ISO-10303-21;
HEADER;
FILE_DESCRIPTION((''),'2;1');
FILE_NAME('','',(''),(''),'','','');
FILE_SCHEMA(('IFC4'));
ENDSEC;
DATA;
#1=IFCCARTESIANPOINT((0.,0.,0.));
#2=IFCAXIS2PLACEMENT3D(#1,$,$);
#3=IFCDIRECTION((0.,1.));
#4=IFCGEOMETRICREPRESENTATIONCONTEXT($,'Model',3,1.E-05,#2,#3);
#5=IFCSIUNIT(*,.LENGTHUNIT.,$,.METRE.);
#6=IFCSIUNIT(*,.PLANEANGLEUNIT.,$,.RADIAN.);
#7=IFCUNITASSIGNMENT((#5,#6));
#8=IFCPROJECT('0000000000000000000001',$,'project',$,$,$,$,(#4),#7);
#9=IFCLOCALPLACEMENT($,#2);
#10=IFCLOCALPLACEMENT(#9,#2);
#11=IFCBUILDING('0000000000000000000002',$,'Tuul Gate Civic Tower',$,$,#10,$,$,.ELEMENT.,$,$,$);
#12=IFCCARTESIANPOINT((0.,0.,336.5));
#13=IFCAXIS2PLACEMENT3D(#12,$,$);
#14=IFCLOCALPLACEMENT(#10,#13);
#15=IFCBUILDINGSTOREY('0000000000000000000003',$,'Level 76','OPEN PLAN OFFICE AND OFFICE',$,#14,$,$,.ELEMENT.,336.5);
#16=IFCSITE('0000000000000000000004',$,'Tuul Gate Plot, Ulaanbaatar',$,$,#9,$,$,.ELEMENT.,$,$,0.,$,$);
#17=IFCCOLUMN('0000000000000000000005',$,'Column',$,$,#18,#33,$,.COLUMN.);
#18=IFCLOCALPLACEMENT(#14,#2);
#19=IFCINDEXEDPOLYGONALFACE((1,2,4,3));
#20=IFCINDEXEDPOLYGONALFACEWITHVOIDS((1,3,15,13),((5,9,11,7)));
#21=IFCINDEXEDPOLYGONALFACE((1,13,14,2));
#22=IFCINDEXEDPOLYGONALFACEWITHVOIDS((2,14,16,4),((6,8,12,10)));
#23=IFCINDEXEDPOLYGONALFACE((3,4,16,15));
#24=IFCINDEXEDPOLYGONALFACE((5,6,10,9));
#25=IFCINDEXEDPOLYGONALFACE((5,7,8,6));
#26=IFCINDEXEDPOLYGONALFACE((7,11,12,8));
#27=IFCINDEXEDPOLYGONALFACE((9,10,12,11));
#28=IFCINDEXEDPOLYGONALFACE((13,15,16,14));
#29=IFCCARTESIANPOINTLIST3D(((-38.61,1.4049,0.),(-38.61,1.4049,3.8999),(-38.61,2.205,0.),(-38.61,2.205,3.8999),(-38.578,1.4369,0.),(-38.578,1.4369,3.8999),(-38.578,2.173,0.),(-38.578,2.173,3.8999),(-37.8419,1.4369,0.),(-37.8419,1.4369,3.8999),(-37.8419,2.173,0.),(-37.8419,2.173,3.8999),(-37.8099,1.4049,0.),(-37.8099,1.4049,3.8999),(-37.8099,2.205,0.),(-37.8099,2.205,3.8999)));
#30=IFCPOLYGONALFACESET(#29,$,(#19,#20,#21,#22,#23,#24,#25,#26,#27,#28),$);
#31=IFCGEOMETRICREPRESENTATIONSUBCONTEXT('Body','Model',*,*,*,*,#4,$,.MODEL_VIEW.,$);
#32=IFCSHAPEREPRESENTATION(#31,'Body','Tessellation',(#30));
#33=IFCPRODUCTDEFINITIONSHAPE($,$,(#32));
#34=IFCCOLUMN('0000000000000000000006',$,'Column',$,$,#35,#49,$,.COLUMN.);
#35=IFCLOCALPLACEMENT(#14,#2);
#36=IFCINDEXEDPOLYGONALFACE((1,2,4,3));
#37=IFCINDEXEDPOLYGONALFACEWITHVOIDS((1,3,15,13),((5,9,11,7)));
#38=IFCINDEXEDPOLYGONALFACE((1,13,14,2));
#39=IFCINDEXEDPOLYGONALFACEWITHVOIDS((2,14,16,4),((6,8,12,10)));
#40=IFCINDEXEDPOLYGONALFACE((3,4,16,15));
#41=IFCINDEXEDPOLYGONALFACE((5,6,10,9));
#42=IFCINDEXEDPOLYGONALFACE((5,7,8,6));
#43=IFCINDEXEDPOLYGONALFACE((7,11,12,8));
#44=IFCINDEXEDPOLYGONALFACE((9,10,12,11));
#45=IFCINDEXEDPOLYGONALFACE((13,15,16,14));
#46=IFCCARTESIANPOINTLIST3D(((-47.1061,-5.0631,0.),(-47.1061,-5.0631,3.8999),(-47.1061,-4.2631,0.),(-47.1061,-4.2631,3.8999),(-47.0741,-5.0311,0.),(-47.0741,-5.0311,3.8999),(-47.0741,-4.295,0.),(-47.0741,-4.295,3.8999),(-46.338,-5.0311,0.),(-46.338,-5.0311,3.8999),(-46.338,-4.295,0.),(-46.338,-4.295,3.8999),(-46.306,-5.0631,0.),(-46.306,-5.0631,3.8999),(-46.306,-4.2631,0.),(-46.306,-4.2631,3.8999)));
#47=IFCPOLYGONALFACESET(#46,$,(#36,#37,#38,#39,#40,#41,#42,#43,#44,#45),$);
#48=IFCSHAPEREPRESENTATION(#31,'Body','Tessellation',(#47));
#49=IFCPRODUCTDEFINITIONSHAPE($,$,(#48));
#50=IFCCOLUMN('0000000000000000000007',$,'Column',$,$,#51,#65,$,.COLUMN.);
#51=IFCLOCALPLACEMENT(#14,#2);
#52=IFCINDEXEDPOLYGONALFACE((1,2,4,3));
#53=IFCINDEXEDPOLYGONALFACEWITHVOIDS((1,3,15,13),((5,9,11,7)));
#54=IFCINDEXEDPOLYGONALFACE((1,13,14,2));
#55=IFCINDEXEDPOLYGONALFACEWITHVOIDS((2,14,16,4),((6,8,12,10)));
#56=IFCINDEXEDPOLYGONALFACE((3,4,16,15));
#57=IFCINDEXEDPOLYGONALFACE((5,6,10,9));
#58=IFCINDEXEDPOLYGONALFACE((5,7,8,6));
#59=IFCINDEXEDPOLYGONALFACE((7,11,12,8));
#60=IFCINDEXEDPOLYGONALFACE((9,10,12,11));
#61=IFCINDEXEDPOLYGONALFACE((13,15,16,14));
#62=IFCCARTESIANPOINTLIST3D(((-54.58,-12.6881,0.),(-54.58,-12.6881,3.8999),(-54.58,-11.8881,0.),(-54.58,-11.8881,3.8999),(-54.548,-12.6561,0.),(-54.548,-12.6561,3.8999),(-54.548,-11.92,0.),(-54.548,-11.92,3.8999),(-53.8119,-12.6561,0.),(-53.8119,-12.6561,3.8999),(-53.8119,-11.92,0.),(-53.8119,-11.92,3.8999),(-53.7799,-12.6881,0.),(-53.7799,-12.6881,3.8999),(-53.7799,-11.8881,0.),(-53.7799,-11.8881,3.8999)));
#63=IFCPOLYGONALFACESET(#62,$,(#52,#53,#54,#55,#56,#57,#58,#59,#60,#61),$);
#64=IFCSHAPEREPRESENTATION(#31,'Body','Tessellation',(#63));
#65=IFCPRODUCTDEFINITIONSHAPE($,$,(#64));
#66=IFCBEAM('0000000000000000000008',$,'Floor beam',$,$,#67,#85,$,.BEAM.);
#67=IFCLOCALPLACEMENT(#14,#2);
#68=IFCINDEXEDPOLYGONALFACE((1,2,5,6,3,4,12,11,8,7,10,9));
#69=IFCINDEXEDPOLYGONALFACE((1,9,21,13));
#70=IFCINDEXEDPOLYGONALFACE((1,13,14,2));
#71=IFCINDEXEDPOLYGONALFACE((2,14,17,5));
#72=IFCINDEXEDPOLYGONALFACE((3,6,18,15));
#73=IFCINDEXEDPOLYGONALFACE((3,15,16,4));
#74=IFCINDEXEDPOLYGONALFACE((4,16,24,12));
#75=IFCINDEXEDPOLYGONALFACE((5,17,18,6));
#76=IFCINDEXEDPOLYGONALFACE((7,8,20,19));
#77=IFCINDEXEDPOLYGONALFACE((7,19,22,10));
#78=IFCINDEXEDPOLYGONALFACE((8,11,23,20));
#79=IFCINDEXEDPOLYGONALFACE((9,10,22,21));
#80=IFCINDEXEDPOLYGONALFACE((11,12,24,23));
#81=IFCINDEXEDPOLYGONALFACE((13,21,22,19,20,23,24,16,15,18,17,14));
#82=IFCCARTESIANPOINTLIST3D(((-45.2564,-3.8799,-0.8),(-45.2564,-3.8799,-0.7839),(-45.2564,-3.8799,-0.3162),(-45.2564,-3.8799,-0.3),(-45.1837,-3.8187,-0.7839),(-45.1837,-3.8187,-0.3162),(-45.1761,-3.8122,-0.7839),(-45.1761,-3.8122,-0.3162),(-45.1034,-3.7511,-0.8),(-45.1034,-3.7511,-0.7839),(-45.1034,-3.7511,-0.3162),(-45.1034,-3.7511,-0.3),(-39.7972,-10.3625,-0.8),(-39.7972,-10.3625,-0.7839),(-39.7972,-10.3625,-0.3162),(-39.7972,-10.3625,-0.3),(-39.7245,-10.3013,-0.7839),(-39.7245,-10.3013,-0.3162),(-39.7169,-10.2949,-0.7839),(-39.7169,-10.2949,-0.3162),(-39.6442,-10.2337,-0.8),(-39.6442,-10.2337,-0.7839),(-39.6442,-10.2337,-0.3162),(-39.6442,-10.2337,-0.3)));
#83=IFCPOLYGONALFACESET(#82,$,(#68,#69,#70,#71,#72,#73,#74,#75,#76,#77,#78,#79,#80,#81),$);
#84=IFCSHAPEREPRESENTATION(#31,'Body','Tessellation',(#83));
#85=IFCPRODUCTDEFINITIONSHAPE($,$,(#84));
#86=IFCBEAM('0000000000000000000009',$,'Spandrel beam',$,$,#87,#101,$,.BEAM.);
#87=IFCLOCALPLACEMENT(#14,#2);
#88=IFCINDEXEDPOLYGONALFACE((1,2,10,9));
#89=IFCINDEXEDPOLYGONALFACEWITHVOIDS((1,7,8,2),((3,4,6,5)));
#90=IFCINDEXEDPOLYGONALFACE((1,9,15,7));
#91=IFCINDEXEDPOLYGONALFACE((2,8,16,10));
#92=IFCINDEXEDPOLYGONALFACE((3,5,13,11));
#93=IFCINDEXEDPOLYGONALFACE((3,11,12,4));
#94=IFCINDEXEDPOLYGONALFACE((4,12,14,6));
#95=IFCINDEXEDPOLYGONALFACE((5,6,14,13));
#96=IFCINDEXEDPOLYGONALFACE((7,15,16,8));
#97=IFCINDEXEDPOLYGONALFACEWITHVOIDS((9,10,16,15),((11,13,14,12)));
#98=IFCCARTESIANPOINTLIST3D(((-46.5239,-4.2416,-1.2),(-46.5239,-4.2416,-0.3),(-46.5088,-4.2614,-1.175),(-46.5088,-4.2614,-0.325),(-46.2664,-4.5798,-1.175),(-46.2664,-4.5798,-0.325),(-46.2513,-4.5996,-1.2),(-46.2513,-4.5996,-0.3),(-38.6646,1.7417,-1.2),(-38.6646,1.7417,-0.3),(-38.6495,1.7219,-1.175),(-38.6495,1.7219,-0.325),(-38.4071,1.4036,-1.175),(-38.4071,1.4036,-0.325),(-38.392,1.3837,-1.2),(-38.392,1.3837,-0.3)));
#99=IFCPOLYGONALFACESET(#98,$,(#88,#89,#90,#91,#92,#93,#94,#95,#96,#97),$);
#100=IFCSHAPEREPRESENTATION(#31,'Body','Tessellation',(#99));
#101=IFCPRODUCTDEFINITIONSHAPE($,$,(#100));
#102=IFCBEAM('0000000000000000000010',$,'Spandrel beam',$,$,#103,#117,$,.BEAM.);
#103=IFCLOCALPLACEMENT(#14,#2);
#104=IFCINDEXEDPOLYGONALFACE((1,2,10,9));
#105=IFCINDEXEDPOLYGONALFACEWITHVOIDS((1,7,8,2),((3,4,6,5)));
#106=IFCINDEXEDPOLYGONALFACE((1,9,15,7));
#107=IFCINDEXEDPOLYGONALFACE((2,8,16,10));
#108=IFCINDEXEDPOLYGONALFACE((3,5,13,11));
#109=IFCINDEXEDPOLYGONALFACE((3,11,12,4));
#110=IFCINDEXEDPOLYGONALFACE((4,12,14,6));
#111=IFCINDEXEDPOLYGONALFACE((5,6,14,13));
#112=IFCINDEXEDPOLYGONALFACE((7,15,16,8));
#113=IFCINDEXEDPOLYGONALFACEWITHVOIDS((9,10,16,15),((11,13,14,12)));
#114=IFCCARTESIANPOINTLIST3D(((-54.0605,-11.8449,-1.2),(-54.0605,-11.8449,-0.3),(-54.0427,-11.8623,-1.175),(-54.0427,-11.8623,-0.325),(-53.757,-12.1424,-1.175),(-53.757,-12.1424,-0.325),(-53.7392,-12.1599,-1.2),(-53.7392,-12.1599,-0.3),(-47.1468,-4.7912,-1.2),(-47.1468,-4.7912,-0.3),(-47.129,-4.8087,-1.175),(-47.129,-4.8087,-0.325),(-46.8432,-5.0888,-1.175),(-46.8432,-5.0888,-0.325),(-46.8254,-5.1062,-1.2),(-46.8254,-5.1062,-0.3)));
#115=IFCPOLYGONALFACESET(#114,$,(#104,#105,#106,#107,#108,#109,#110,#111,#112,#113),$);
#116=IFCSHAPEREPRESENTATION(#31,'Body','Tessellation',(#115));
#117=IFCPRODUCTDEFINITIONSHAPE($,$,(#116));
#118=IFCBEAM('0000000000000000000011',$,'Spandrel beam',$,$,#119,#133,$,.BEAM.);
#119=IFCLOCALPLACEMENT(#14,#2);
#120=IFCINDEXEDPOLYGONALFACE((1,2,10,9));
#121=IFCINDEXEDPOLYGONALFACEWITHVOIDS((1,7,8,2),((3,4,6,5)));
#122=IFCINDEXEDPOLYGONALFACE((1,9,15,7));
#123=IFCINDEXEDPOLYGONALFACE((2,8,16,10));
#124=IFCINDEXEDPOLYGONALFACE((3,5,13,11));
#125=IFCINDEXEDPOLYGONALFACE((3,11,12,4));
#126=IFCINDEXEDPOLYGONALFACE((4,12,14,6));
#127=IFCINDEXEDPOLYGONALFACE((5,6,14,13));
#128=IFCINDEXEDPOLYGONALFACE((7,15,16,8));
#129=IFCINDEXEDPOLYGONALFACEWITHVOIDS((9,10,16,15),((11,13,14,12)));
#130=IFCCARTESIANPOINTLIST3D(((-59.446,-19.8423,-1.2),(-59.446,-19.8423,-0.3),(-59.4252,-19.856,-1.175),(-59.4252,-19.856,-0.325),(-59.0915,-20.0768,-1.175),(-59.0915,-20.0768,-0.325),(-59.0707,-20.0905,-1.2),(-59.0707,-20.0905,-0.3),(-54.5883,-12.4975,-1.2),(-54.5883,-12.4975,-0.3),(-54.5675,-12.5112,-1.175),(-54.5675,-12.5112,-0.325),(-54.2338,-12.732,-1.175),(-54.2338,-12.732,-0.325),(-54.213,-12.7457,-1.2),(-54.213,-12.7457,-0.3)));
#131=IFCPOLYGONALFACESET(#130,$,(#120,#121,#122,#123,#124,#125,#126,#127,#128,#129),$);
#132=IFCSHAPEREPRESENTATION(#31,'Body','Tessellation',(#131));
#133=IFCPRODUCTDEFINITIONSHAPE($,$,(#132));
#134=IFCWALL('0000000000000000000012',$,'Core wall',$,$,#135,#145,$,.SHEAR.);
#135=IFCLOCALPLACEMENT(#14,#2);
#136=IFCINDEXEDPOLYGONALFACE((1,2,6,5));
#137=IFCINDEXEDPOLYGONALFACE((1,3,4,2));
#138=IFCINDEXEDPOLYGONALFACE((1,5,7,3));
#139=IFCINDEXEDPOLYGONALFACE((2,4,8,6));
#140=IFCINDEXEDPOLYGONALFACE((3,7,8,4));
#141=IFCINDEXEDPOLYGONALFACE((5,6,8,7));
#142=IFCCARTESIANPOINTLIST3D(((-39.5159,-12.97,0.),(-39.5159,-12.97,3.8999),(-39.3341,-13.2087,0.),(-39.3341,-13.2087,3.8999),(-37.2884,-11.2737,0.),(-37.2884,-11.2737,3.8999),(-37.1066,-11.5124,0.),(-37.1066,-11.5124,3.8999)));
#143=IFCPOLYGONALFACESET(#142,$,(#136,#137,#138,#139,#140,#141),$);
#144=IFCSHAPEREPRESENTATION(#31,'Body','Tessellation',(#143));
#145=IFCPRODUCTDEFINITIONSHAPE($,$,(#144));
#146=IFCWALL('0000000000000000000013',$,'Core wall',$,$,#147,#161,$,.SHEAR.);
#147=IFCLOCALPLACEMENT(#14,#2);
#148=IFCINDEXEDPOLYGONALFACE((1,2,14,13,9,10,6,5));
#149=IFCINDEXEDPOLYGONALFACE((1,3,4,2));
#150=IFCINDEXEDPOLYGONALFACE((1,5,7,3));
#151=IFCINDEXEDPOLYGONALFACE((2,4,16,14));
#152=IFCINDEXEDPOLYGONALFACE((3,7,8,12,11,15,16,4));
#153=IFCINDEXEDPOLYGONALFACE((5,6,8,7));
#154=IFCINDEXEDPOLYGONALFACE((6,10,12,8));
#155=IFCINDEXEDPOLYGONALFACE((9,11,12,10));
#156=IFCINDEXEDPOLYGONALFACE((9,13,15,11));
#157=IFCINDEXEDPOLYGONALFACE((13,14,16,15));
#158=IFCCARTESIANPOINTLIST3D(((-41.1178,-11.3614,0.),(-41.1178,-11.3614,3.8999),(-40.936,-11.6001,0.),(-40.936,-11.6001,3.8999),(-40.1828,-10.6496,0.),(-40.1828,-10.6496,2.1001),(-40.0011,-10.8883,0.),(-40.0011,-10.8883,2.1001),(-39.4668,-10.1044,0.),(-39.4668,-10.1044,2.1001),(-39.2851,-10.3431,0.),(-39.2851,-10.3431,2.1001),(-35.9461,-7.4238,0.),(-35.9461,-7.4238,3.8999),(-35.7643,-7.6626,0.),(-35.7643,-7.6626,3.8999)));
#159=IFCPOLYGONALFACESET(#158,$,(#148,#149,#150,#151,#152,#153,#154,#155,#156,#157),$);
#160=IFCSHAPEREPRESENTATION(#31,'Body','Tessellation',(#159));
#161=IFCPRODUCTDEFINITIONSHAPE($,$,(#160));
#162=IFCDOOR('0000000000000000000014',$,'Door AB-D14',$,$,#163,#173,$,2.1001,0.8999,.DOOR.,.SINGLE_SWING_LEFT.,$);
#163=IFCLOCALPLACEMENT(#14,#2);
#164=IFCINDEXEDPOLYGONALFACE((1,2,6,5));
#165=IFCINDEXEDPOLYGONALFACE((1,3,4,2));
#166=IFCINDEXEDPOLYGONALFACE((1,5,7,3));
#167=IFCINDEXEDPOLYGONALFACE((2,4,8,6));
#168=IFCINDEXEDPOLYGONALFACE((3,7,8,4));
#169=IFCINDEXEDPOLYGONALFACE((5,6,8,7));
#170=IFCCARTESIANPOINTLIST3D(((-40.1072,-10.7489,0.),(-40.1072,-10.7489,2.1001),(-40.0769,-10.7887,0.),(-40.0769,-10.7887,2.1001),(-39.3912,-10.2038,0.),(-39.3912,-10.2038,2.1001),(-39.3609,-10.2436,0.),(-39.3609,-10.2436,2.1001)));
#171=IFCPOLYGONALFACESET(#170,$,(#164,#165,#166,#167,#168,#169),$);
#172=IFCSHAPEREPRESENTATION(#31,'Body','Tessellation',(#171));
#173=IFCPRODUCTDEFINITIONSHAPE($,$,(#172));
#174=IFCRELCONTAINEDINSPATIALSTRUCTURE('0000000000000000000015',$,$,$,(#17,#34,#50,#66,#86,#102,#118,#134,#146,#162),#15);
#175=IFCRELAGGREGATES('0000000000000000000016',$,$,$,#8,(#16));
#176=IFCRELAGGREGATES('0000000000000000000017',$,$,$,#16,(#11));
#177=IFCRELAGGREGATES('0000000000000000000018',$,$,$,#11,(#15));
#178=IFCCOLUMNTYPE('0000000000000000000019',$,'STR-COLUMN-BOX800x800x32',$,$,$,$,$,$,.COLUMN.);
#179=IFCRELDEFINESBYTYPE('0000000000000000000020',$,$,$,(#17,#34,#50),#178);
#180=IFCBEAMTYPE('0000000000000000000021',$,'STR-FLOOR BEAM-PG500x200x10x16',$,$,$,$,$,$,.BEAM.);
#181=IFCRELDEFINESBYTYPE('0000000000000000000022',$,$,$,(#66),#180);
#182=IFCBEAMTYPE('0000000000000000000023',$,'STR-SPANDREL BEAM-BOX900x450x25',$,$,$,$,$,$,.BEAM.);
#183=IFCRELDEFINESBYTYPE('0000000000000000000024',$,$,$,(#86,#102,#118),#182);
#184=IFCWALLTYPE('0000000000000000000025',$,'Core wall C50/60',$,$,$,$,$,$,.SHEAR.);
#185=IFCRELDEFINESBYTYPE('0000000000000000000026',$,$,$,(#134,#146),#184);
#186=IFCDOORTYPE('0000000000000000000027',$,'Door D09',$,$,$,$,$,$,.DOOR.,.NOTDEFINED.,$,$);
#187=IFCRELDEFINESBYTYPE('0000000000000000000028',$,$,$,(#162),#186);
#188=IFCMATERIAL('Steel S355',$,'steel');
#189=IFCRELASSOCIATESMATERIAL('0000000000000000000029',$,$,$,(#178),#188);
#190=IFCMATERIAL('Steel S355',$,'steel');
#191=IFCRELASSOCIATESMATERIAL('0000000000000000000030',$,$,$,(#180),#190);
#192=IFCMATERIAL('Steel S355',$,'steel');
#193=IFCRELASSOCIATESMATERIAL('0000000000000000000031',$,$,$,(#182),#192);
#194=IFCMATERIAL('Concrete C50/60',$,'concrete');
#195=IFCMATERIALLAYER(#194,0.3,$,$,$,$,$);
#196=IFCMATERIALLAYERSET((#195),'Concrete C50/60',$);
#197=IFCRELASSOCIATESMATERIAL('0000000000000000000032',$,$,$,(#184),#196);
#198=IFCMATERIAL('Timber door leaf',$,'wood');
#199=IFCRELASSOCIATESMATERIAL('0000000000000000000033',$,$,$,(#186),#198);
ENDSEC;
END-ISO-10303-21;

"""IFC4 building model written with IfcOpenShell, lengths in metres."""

from ifc_helpers import new_model, si_unit, direction, frame, frame_2d, origin, origin_2d, place, context, subcontext, project, spatial, rectangle, hollow_rectangle, i_section, extrude, material, layer, layer_set, material_profile, profile_set, type_object, element, fill, save


model = new_model("IFC4")

# Units and contexts
model_context = context("Model", 3, precision=1e-05, world=origin(), true_north=direction((0.0, 1.0)))
body_context = subcontext(model_context, "Body", "Model", "MODEL_VIEW")
ifc_project = project(units=[si_unit("LENGTHUNIT", "METRE"), si_unit("PLANEANGLEUNIT", "RADIAN")], contexts=[model_context])

# Site, building, storey
site_placement = place(None, origin())
site = spatial("IfcSite", under=ifc_project, at=site_placement, Name="Tuul Gate Plot, Ulaanbaatar", CompositionType="ELEMENT", RefElevation=0.0)
building_placement = place(site_placement, origin())
building = spatial("IfcBuilding", under=site, at=building_placement, Name="Tuul Gate Civic Tower", CompositionType="ELEMENT")
storey_placement = place(building_placement, frame((0.0, 0.0, 336.5)))
storey = spatial("IfcBuildingStorey", under=building, at=storey_placement, Name="Level 76", Description="OPEN PLAN OFFICE AND OFFICE", CompositionType="ELEMENT", Elevation=336.5)

# Columns
ifc_material_1 = material(Name="Steel S355", Category="steel")
ifc_material_profile_1 = material_profile(ifc_material_1, hollow_rectangle(XDim=0.8, YDim=0.8, WallThickness=0.032, at=origin_2d()), Name="BOX800x800x32")
ifc_profile_set_1 = profile_set([ifc_material_profile_1], Name="Steel S355")
column_type = type_object("IfcColumnType", Name="STR-COLUMN-BOX800x800x32", PredefinedType="COLUMN", material=ifc_profile_set_1)
for number, where, z_axis, x_axis, name in (
    (1, (-38.21, 1.8049, 0.0), (0.0, 0.0, 1.0), (1.0, 0.0, 0.0), "Column"),
    (2, (-46.7061, -4.6631, 0.0), (0.0, 0.0, 1.0), (1.0, 0.0, 0.0), "Column"),
    (3, (-54.1799, -12.2881, 0.0), (0.0, 0.0, 1.0), (1.0, 0.0, 0.0), "Column"),
):
    element("IfcColumn", number, at=place(storey_placement, frame(where, z_axis=z_axis, x_axis=x_axis)), inside=storey, type_object=column_type, Name=name, PredefinedType="COLUMN", context=body_context, shape_type="SweptSolid", body=[
        extrude(hollow_rectangle(XDim=0.8, YDim=0.8, WallThickness=0.032, at=origin_2d()), origin(), (0.0, 0.0, 1.0), 3.8999),
    ])

# Beams
ifc_material_2 = material(Name="Steel S355", Category="steel")
ifc_material_profile_2 = material_profile(ifc_material_2, i_section(OverallWidth=0.2, OverallDepth=0.5, WebThickness=0.01, FlangeThickness=0.0161, at=origin_2d()), Name="PG500x200x10x16")
ifc_profile_set_2 = profile_set([ifc_material_profile_2], Name="Steel S355")
beam_type_1 = type_object("IfcBeamType", Name="STR-FLOOR BEAM-PG500x200x10x16", PredefinedType="BEAM", material=ifc_profile_set_2)
beam_1_placement = place(storey_placement, frame((-39.7207, -10.2981, -0.55), z_axis=(-0.644146, 0.764903, 0.0), x_axis=(-0.764903, -0.644146, 0.0)))
element("IfcBeam", 4, at=beam_1_placement, inside=storey, type_object=beam_type_1, Name="Floor beam", PredefinedType="BEAM", context=body_context, shape_type="SweptSolid", body=[
    extrude(i_section(OverallWidth=0.2, OverallDepth=0.5, WebThickness=0.01, FlangeThickness=0.0161, at=origin_2d()), origin(), (0.0, 0.0, 1.0), 8.4751),
])
ifc_material_3 = material(Name="Steel S355", Category="steel")
ifc_material_profile_3 = material_profile(ifc_material_3, hollow_rectangle(XDim=0.45, YDim=0.8999, WallThickness=0.0249, at=origin_2d()), Name="BOX900x450x25")
ifc_profile_set_3 = profile_set([ifc_material_profile_3], Name="Steel S355")
beam_type_2 = type_object("IfcBeamType", Name="STR-SPANDREL BEAM-BOX900x450x25", PredefinedType="BEAM", material=ifc_profile_set_3)
beam_2_placement = place(storey_placement, frame((-38.5283, 1.5627, -0.75), z_axis=(-0.795661, -0.605742, 0.0), x_axis=(0.605742, -0.795661, 0.0)))
element("IfcBeam", 5, at=beam_2_placement, inside=storey, type_object=beam_type_2, Name="Spandrel beam", PredefinedType="BEAM", context=body_context, shape_type="SweptSolid", body=[
    extrude(hollow_rectangle(XDim=0.45, YDim=0.8999, WallThickness=0.0249, at=origin_2d()), origin(), (0.0, 0.0, 1.0), 9.8777),
])
beam_3_placement = place(storey_placement, frame((-46.9861, -4.9487, -0.75), z_axis=(-0.69999, -0.714153, 0.0), x_axis=(0.714153, -0.69999, 0.0)))
element("IfcBeam", 6, at=beam_3_placement, inside=storey, type_object=beam_type_2, Name="Spandrel beam", PredefinedType="BEAM", context=body_context, shape_type="SweptSolid", body=[
    extrude(hollow_rectangle(XDim=0.45, YDim=0.8999, WallThickness=0.0249, at=origin_2d()), origin(), (0.0, 0.0, 1.0), 9.877),
])
beam_4_placement = place(storey_placement, frame((-54.4006, -12.6216, -0.75), z_axis=(-0.551645, -0.834079, 0.0), x_axis=(0.834079, -0.551645, 0.0)))
element("IfcBeam", 7, at=beam_4_placement, inside=storey, type_object=beam_type_2, Name="Spandrel beam", PredefinedType="BEAM", context=body_context, shape_type="SweptSolid", body=[
    extrude(hollow_rectangle(XDim=0.45, YDim=0.8999, WallThickness=0.0249, at=origin_2d()), origin(), (0.0, 0.0, 1.0), 8.8059),
])

# Wall
ifc_material_4 = material(Name="Concrete C50/60", Category="concrete")
ifc_layer_1 = layer(ifc_material_4, 0.3)
ifc_layer_set_1 = layer_set([ifc_layer_1], Name="Concrete C50/60")
wall_type_1 = type_object("IfcWallType", Name="Core wall C50/60", PredefinedType="SHEAR", material=ifc_layer_set_1)
wall_1_placement = place(storey_placement, frame((-37.1975, -11.3931, 0.0), z_axis=(0.0, 0.0, 1.0), x_axis=(-0.795584, -0.605844, 0.0)))
element("IfcWall", 8, at=wall_1_placement, inside=storey, type_object=wall_type_1, Name="Core wall", PredefinedType="SHEAR", context=body_context, shape_type="SweptSolid", body=[
    extrude(rectangle(XDim=2.7998, YDim=0.3, at=frame_2d((1.3999, 0.0))), origin(), (0.0, 0.0, 1.0), 3.8999),
])

# Wall, opening, door
wall_2_placement = place(storey_placement, frame((-35.8552, -7.5432, 0.0), z_axis=(0.0, 0.0, 1.0), x_axis=(-0.795639, -0.605772, 0.0)))
wall_2 = element("IfcWall", 9, at=wall_2_placement, inside=storey, type_object=wall_type_1, Name="Core wall", PredefinedType="SHEAR", context=body_context, shape_type="SweptSolid", body=[
    extrude(rectangle(XDim=6.5, YDim=0.3, at=frame_2d((3.25, 0.0))), origin(), (0.0, 0.0, 1.0), 3.8999),
])
opening_1_placement = place(wall_2_placement, frame((4.425, 0.0, 0.0)))
opening_1 = element("IfcOpeningElement", 10, at=opening_1_placement, cuts=wall_2, PredefinedType="OPENING", context=body_context, shape_type="SweptSolid", body=[
    extrude(rectangle(XDim=0.8999, YDim=2.1001, at=frame_2d((0.45, 1.05))), frame((0.0, 0.1602, 0.0), z_axis=(0.0, -1.0, 0.0), x_axis=(1.0, 0.0, 0.0)), (0.0, 0.0, 1.0), 0.3201),
])
ifc_material_5 = material(Name="Timber door leaf", Category="wood")
door_type = type_object("IfcDoorType", Name="Door D09", OperationType="NOTDEFINED", PredefinedType="DOOR", material=ifc_material_5)
door_1_placement = place(opening_1_placement, origin())
door_1 = element("IfcDoor", 11, at=door_1_placement, inside=storey, type_object=door_type, Name="Door AB-D14", OperationType="SINGLE_SWING_LEFT", OverallHeight=2.1001, OverallWidth=0.8999, PredefinedType="DOOR", context=body_context, shape_type="SweptSolid", body=[
    extrude(rectangle(XDim=0.8999, YDim=2.1001, at=frame_2d((0.45, 1.05))), frame((0.0, 0.0249, 0.0), z_axis=(0.0, -1.0, 0.0), x_axis=(1.0, 0.0, 0.0)), (0.0, 0.0, 1.0), 0.05),
])
fill(opening_1, door_1)

save(model, "model.ifc")
